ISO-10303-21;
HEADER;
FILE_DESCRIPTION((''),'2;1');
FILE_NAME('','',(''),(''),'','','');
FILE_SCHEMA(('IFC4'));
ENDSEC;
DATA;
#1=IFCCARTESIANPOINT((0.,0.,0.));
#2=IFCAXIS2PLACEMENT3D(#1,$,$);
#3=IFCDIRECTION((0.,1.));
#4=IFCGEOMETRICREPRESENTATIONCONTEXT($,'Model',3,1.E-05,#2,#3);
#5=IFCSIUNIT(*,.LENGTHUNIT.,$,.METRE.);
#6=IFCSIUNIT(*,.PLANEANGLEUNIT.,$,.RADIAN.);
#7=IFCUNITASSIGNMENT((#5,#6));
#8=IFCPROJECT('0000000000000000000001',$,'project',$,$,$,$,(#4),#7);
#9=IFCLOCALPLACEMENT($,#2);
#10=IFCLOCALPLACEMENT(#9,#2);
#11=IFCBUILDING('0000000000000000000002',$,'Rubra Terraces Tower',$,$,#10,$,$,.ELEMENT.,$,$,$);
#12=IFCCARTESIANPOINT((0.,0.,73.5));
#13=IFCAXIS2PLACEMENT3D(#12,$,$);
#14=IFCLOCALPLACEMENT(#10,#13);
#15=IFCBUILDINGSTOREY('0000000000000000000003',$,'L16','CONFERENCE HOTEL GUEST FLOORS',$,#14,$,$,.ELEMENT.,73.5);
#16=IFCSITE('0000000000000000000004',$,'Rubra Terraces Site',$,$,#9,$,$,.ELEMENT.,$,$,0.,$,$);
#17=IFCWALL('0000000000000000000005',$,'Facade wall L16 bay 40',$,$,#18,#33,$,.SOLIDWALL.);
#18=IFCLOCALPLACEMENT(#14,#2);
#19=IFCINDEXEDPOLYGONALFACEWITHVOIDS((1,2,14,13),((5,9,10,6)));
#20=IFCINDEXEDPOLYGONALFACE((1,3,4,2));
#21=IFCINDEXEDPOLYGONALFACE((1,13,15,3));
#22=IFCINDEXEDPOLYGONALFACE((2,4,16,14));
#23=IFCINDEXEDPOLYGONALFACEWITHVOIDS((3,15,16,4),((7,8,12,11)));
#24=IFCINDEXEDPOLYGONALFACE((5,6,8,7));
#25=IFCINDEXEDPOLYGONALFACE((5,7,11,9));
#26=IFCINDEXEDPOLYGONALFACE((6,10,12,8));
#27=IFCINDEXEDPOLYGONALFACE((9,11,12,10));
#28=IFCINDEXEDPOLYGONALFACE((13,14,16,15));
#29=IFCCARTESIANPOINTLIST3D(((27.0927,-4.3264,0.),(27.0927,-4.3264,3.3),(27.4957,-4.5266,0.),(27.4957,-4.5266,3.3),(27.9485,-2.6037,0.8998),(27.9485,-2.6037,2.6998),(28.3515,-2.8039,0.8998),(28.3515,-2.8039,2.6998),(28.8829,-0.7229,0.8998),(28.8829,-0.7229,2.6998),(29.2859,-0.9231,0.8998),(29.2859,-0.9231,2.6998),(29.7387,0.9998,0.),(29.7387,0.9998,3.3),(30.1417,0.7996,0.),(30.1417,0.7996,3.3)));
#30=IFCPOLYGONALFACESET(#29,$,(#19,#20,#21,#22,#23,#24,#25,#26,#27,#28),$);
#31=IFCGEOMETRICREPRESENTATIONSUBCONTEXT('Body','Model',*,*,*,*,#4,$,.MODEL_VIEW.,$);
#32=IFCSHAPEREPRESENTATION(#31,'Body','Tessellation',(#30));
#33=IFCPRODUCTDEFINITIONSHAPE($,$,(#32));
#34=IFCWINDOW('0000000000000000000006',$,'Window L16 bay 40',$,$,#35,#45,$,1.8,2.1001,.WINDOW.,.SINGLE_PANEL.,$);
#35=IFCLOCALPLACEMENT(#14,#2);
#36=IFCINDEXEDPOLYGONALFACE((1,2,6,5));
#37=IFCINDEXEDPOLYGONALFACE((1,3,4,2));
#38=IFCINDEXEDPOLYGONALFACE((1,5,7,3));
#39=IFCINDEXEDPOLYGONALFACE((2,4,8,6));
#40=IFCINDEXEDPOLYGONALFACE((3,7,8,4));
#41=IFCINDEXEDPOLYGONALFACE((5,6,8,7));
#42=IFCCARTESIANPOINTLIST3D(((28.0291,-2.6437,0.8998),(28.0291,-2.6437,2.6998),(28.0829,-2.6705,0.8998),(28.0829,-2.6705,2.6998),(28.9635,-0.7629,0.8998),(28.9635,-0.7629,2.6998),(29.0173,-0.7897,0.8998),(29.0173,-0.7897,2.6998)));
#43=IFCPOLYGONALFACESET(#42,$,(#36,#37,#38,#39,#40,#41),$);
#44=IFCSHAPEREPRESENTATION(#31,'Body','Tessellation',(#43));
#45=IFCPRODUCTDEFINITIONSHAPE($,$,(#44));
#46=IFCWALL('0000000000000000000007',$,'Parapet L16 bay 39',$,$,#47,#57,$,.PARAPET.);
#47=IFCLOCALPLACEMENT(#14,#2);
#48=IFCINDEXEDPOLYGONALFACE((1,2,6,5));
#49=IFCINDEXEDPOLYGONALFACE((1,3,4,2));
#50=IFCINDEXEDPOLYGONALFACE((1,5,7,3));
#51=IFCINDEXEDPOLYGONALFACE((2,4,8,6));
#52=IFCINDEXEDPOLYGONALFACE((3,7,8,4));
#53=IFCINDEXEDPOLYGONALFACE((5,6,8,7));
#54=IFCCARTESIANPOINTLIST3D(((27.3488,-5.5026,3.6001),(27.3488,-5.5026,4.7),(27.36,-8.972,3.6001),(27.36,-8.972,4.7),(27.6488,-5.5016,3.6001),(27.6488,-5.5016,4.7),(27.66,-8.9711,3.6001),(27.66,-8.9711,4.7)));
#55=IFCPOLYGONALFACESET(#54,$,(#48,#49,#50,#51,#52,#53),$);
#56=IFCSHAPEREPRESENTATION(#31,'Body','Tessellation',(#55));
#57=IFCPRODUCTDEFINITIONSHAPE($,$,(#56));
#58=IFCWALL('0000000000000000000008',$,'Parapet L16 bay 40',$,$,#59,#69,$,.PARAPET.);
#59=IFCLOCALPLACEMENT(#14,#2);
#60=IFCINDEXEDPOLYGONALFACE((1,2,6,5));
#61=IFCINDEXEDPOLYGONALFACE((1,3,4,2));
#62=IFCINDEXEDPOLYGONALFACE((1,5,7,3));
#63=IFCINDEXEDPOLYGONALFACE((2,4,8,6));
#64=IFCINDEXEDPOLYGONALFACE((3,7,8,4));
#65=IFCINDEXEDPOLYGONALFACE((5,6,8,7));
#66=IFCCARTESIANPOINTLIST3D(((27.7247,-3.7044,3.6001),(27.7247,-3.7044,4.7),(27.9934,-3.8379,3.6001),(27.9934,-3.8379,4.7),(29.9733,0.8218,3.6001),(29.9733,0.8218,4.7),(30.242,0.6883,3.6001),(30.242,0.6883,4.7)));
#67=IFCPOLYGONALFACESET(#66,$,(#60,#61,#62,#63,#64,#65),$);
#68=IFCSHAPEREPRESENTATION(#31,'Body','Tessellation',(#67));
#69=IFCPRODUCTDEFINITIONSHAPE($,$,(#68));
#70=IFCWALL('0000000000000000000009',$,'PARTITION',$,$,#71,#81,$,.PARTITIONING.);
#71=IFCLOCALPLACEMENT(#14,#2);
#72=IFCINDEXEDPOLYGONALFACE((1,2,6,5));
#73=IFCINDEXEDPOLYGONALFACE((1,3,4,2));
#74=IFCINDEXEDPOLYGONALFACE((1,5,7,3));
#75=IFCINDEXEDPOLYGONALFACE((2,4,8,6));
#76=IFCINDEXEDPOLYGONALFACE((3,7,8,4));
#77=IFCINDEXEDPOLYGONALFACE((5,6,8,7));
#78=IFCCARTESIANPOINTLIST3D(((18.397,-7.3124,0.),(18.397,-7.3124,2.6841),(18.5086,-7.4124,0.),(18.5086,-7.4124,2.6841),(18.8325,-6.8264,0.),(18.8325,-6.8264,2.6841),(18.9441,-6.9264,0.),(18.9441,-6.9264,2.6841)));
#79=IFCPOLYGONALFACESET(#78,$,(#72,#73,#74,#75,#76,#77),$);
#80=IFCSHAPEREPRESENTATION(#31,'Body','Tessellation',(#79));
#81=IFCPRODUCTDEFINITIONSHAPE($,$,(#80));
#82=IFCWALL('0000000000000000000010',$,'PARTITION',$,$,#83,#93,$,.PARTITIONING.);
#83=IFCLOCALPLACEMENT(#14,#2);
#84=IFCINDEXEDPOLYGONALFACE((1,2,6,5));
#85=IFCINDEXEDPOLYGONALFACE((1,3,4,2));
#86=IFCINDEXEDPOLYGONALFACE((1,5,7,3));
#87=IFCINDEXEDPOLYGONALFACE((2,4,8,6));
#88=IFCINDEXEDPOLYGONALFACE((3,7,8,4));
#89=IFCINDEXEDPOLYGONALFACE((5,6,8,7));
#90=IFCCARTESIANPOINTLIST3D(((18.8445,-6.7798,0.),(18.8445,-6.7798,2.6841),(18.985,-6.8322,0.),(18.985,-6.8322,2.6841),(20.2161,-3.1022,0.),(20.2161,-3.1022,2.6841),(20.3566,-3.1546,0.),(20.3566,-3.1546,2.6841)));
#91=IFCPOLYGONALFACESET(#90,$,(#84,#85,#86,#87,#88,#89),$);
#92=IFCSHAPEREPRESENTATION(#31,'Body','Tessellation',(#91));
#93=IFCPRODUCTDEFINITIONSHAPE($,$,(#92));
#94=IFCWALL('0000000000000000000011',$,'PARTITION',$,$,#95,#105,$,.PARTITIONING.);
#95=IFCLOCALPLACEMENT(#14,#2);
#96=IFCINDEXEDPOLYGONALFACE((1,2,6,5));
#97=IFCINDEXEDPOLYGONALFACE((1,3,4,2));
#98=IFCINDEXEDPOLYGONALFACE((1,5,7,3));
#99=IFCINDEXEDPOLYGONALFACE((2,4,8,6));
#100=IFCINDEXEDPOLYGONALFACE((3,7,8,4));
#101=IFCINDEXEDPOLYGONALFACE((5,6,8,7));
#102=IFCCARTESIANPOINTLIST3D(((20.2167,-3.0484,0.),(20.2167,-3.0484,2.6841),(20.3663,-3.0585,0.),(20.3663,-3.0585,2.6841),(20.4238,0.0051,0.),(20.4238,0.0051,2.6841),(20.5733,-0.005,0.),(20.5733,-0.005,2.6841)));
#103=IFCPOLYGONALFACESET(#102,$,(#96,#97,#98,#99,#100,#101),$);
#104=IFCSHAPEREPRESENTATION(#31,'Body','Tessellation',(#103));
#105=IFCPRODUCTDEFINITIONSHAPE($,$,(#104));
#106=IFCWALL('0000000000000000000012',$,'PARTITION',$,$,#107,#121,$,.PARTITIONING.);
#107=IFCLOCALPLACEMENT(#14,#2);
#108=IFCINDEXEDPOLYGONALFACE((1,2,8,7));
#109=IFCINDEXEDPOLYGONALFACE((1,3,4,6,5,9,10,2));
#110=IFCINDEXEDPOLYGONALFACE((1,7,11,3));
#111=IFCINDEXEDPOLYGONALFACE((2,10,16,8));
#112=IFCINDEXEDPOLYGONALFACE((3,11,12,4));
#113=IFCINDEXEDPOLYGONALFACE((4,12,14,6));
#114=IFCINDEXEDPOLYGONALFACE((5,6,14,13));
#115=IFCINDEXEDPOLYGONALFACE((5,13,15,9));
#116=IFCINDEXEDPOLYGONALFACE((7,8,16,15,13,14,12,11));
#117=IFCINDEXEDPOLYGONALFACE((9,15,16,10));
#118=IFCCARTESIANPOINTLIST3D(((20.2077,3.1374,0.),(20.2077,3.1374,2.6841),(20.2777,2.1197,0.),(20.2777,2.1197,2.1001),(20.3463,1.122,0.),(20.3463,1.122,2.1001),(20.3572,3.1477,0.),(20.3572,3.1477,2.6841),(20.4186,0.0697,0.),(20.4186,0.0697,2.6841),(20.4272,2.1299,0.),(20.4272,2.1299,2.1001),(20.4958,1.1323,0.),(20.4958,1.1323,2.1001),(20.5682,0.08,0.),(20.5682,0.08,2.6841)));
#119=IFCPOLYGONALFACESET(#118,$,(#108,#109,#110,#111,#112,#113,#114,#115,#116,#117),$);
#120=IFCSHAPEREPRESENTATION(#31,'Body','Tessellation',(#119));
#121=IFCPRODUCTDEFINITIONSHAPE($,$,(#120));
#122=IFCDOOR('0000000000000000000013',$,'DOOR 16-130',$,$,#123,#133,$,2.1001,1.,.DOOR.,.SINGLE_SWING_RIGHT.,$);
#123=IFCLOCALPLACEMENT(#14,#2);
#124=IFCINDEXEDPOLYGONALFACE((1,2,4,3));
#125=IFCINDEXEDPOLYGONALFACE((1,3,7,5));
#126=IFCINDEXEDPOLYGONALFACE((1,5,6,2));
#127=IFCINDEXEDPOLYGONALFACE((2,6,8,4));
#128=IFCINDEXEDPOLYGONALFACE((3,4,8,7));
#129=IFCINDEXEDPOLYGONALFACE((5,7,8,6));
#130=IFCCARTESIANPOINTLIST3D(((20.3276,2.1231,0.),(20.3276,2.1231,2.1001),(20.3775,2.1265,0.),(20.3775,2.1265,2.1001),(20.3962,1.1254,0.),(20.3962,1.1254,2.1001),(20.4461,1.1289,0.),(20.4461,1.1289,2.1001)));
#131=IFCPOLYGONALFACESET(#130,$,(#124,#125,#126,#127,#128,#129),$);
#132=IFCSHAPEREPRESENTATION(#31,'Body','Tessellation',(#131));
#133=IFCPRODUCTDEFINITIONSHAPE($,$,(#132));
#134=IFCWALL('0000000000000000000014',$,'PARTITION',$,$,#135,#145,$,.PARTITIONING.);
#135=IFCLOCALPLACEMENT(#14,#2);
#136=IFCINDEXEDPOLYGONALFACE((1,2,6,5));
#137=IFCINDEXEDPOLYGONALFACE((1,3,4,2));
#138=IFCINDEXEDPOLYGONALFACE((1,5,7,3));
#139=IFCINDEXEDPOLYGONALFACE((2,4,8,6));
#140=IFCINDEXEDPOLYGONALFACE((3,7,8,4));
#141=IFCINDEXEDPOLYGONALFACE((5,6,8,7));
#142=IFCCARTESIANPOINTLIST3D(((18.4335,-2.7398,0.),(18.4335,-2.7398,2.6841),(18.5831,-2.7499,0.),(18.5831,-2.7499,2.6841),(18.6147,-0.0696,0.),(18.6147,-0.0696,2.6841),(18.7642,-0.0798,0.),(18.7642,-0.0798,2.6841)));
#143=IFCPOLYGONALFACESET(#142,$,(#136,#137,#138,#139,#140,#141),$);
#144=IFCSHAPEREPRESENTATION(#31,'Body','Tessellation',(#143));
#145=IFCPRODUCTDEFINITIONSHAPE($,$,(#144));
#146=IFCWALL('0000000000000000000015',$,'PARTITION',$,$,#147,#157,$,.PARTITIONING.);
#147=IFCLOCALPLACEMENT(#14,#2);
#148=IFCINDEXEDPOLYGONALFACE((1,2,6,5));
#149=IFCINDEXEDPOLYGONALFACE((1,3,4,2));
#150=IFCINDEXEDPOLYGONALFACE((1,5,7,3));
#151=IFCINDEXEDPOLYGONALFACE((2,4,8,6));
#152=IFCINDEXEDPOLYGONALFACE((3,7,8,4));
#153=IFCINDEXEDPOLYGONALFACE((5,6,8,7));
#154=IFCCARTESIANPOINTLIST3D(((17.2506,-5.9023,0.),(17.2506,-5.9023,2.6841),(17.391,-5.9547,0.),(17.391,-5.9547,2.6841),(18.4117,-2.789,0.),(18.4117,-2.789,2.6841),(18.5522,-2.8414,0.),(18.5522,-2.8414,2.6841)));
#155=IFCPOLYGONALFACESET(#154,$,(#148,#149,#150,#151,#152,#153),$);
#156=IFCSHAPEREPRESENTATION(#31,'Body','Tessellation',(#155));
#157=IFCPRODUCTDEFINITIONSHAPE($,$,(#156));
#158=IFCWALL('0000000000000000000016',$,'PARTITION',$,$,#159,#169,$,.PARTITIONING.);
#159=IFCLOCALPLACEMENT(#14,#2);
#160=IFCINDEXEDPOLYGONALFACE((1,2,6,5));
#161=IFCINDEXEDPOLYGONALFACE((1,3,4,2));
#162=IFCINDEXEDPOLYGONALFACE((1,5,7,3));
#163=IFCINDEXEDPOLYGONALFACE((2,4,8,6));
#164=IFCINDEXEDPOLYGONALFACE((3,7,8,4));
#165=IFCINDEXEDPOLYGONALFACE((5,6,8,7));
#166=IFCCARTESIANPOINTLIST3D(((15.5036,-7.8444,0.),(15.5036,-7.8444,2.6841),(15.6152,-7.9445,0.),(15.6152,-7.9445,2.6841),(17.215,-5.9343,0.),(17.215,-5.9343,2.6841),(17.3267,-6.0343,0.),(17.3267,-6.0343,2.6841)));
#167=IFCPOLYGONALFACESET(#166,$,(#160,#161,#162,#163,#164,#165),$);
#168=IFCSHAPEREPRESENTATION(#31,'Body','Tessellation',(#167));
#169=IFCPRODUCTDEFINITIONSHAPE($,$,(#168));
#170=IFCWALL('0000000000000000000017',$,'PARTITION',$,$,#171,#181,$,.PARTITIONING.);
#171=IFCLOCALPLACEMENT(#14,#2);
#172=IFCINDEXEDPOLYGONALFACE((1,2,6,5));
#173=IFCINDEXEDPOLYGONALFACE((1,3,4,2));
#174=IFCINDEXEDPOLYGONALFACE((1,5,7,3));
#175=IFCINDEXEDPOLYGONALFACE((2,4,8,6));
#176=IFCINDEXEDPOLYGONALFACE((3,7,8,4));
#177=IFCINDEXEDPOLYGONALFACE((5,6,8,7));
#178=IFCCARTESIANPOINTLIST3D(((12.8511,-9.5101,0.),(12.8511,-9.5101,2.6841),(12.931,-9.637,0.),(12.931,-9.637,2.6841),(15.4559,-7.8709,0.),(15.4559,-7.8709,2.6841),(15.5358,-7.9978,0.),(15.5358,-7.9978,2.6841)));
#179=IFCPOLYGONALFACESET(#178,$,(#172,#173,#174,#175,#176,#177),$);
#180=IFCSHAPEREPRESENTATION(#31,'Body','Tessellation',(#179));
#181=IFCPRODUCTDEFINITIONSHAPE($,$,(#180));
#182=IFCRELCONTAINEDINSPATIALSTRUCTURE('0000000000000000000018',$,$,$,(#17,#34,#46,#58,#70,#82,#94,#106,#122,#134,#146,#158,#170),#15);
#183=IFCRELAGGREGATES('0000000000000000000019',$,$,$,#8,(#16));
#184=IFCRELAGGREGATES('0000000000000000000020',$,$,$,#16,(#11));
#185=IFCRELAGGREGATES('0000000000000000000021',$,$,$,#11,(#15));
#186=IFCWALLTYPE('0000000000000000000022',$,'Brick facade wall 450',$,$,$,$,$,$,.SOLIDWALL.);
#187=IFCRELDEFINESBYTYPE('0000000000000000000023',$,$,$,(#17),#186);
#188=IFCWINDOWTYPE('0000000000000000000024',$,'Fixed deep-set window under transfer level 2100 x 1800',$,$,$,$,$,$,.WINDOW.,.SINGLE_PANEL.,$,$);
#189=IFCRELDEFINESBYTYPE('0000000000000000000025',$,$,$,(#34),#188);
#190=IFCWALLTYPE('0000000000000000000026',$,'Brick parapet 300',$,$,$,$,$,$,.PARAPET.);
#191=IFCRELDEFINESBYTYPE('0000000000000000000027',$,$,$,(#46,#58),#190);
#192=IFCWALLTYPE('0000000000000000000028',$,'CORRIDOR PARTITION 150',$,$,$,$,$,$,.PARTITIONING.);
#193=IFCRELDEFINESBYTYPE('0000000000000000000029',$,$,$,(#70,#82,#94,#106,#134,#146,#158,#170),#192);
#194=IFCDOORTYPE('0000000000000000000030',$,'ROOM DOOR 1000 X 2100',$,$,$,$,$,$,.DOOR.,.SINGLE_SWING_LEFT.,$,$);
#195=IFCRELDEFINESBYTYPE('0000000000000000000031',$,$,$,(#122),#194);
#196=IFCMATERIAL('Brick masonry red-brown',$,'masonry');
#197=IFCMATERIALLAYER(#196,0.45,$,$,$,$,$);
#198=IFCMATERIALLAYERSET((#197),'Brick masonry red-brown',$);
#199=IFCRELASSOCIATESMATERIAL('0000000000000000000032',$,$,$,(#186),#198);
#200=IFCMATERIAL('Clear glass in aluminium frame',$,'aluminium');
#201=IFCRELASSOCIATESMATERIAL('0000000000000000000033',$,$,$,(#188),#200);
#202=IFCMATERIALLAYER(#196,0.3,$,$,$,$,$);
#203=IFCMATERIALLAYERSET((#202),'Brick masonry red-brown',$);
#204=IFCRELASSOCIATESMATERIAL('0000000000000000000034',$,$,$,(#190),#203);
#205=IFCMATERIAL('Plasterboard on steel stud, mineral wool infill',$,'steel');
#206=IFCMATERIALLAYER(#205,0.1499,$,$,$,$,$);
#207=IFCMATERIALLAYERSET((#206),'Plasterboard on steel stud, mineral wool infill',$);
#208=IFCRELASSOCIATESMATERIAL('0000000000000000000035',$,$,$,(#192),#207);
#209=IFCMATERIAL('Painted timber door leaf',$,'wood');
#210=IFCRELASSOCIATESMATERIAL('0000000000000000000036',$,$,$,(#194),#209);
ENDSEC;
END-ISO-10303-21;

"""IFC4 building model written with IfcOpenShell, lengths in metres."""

from ifc_helpers import new_model, si_unit, direction, frame, frame_2d, origin, place, context, subcontext, project, spatial, rectangle, extrude, material, layer, layer_set, type_object, element, fill, save


model = new_model("IFC4")

# Units and contexts
model_context = context("Model", 3, precision=1e-05, world=origin(), true_north=direction((0.0, 1.0)))
body_context = subcontext(model_context, "Body", "Model", "MODEL_VIEW")
ifc_project = project(units=[si_unit("LENGTHUNIT", "METRE"), si_unit("PLANEANGLEUNIT", "RADIAN")], contexts=[model_context])

# Site, building, storey
site_placement = place(None, origin())
site = spatial("IfcSite", under=ifc_project, at=site_placement, Name="Rubra Terraces Site", CompositionType="ELEMENT", RefElevation=0.0)
building_placement = place(site_placement, origin())
building = spatial("IfcBuilding", under=site, at=building_placement, Name="Rubra Terraces Tower", CompositionType="ELEMENT")
storey_placement = place(building_placement, frame((0.0, 0.0, 73.5)))
storey = spatial("IfcBuildingStorey", under=building, at=storey_placement, Name="L16", Description="CONFERENCE HOTEL GUEST FLOORS", CompositionType="ELEMENT", Elevation=73.5)

# Wall, opening, window
ifc_material_1 = material(Name="Brick masonry red-brown", Category="masonry")
ifc_layer_1 = layer(ifc_material_1, 0.45)
ifc_layer_set_1 = layer_set([ifc_layer_1], Name="Brick masonry red-brown")
wall_type_1 = type_object("IfcWallType", Name="Brick facade wall 450", PredefinedType="SOLIDWALL", material=ifc_layer_set_1)
ifc_material_2 = material(Name="Clear glass in aluminium frame", Category="aluminium")
window_type = type_object("IfcWindowType", Name="Fixed deep-set window under transfer level 2100 x 1800", PartitioningType="SINGLE_PANEL", PredefinedType="WINDOW", material=ifc_material_2)
wall_1_placement = place(storey_placement, frame((27.2942, -4.4265, 0.0), z_axis=(0.0, 0.0, 1.0), x_axis=(0.444913, 0.895574, 0.0)))
wall_1 = element("IfcWall", 1, at=wall_1_placement, inside=storey, type_object=wall_type_1, Name="Facade wall L16 bay 40", PredefinedType="SOLIDWALL", context=body_context, shape_type="SweptSolid", body=[
    extrude(rectangle(XDim=5.9473, YDim=0.45, at=frame_2d((2.9736, 0.0))), origin(), (0.0, 0.0, 1.0), 3.3),
])
opening_1_placement = place(wall_1_placement, frame((1.9236, 0.0, 0.8999)))
opening_1 = element("IfcOpeningElement", 2, at=opening_1_placement, cuts=wall_1, PredefinedType="OPENING", context=body_context, shape_type="SweptSolid", body=[
    extrude(rectangle(XDim=2.1001, YDim=1.8, at=frame_2d((1.05, 0.8999))), frame((0.0, 0.2349, 0.0), z_axis=(0.0, -1.0, 0.0), x_axis=(1.0, 0.0, 0.0)), (0.0, 0.0, 1.0), 0.47),
])
window_1_placement = place(opening_1_placement, origin())
window_1 = element("IfcWindow", 3, at=window_1_placement, inside=storey, type_object=window_type, Name="Window L16 bay 40", OverallHeight=1.8, OverallWidth=2.1001, PartitioningType="SINGLE_PANEL", PredefinedType="WINDOW", context=body_context, shape_type="SweptSolid", body=[
    extrude(rectangle(XDim=2.1001, YDim=1.8, at=frame_2d((1.05, 0.8999))), frame((0.0, 0.135, 0.0), z_axis=(0.0, -1.0, 0.0), x_axis=(1.0, 0.0, 0.0)), (0.0, 0.0, 1.0), 0.0601),
])
fill(opening_1, window_1)

# Walls
ifc_layer_2 = layer(ifc_material_1, 0.3)
ifc_layer_set_2 = layer_set([ifc_layer_2], Name="Brick masonry red-brown")
wall_type_2 = type_object("IfcWallType", Name="Brick parapet 300", PredefinedType="PARAPET", material=ifc_layer_set_2)
wall_2_placement = place(storey_placement, frame((27.51, -8.9717, 3.6001), z_axis=(0.0, 0.0, 1.0), x_axis=(-0.003237, 0.999995, 0.0)))
element("IfcWall", 4, at=wall_2_placement, inside=storey, type_object=wall_type_2, Name="Parapet L16 bay 39", PredefinedType="PARAPET", context=body_context, shape_type="SweptSolid", body=[
    extrude(rectangle(XDim=3.4695, YDim=0.3, at=frame_2d((1.7349, 0.0))), origin(), (0.0, 0.0, 1.0), 1.0999),
])
wall_3_placement = place(storey_placement, frame((27.8591, -3.771, 3.6001), z_axis=(0.0, 0.0, 1.0), x_axis=(0.444913, 0.895574, 0.0)))
element("IfcWall", 5, at=wall_3_placement, inside=storey, type_object=wall_type_2, Name="Parapet L16 bay 40", PredefinedType="PARAPET", context=body_context, shape_type="SweptSolid", body=[
    extrude(rectangle(XDim=5.054, YDim=0.3, at=frame_2d((2.5269, 0.0))), origin(), (0.0, 0.0, 1.0), 1.0999),
])
ifc_material_3 = material(Name="Plasterboard on steel stud, mineral wool infill", Category="steel")
ifc_layer_3 = layer(ifc_material_3, 0.1499)
ifc_layer_set_3 = layer_set([ifc_layer_3], Name="Plasterboard on steel stud, mineral wool infill")
wall_type_3 = type_object("IfcWallType", Name="CORRIDOR PARTITION 150", PredefinedType="PARTITIONING", material=ifc_layer_set_3)
wall_4_placement = place(storey_placement, frame((18.4529, -7.3623, 0.0), z_axis=(0.0, 0.0, 1.0), x_axis=(0.66733, 0.744762, 0.0)))
element("IfcWall", 6, at=wall_4_placement, inside=storey, type_object=wall_type_3, Name="PARTITION", PredefinedType="PARTITIONING", context=body_context, shape_type="SweptSolid", body=[
    extrude(rectangle(XDim=0.6526, YDim=0.1499, at=frame_2d((0.3262, 0.0))), origin(), (0.0, 0.0, 1.0), 2.6841),
])
wall_5_placement = place(storey_placement, frame((18.9148, -6.8059, 0.0), z_axis=(0.0, 0.0, 1.0), x_axis=(0.349453, 0.936954, 0.0)))
element("IfcWall", 7, at=wall_5_placement, inside=storey, type_object=wall_type_3, Name="PARTITION", PredefinedType="PARTITIONING", context=body_context, shape_type="SweptSolid", body=[
    extrude(rectangle(XDim=3.925, YDim=0.1499, at=frame_2d((1.9624, 0.0))), origin(), (0.0, 0.0, 1.0), 2.6841),
])
wall_6_placement = place(storey_placement, frame((20.2915, -3.0535, 0.0), z_axis=(0.0, 0.0, 1.0), x_axis=(0.067647, 0.997709, 0.0)))
element("IfcWall", 8, at=wall_6_placement, inside=storey, type_object=wall_type_3, Name="PARTITION", PredefinedType="PARTITIONING", context=body_context, shape_type="SweptSolid", body=[
    extrude(rectangle(XDim=3.0605, YDim=0.1499, at=frame_2d((1.5303, 0.0))), origin(), (0.0, 0.0, 1.0), 2.6841),
])

# Wall, opening, door
wall_7_placement = place(storey_placement, frame((20.4934, 0.0747, 0.0), z_axis=(0.0, 0.0, 1.0), x_axis=(-0.0686, 0.997644, 0.0)))
wall_7 = element("IfcWall", 9, at=wall_7_placement, inside=storey, type_object=wall_type_3, Name="PARTITION", PredefinedType="PARTITIONING", context=body_context, shape_type="SweptSolid", body=[
    extrude(rectangle(XDim=3.075, YDim=0.1499, at=frame_2d((1.5376, 0.0))), origin(), (0.0, 0.0, 1.0), 2.6841),
])
opening_2_placement = place(wall_7_placement, frame((1.0549, 0.0, 0.0)))
opening_2 = element("IfcOpeningElement", 10, at=opening_2_placement, cuts=wall_7, PredefinedType="OPENING", context=body_context, shape_type="SweptSolid", body=[
    extrude(rectangle(XDim=1.0, YDim=2.1001, at=frame_2d((0.5, 1.05))), frame((0.0, 0.085, 0.0), z_axis=(0.0, -1.0, 0.0), x_axis=(1.0, 0.0, 0.0)), (0.0, 0.0, 1.0), 0.1699),
])
ifc_material_4 = material(Name="Painted timber door leaf", Category="wood")
door_type_1 = type_object("IfcDoorType", Name="ROOM DOOR 1000 X 2100", OperationType="SINGLE_SWING_LEFT", PredefinedType="DOOR", material=ifc_material_4)
door_1_placement = place(opening_2_placement, origin())
door_1 = element("IfcDoor", 11, at=door_1_placement, inside=storey, type_object=door_type_1, Name="DOOR 16-130", OperationType="SINGLE_SWING_RIGHT", OverallHeight=2.1001, OverallWidth=1.0, PredefinedType="DOOR", context=body_context, shape_type="SweptSolid", body=[
    extrude(rectangle(XDim=1.0, YDim=2.1001, at=frame_2d((0.5, 1.05))), frame((0.0, 0.0249, 0.0), z_axis=(0.0, -1.0, 0.0), x_axis=(1.0, 0.0, 0.0)), (0.0, 0.0, 1.0), 0.05),
])
fill(opening_2, door_1)

# Walls
wall_8_placement = place(storey_placement, frame((18.6895, -0.0747, 0.0), z_axis=(0.0, 0.0, 1.0), x_axis=(-0.067688, -0.997707, 0.0)))
element("IfcWall", 12, at=wall_8_placement, inside=storey, type_object=wall_type_3, Name="PARTITION", PredefinedType="PARTITIONING", context=body_context, shape_type="SweptSolid", body=[
    extrude(rectangle(XDim=2.6763, YDim=0.1499, at=frame_2d((1.3381, 0.0))), origin(), (0.0, 0.0, 1.0), 2.6841),
])
wall_9_placement = place(storey_placement, frame((18.4819, -2.8152, 0.0), z_axis=(0.0, 0.0, 1.0), x_axis=(-0.349448, -0.936956, 0.0)))
element("IfcWall", 13, at=wall_9_placement, inside=storey, type_object=wall_type_3, Name="PARTITION", PredefinedType="PARTITIONING", context=body_context, shape_type="SweptSolid", body=[
    extrude(rectangle(XDim=3.3228, YDim=0.1499, at=frame_2d((1.6614, 0.0))), origin(), (0.0, 0.0, 1.0), 2.6841),
])
wall_10_placement = place(storey_placement, frame((17.2708, -5.9844, 0.0), z_axis=(0.0, 0.0, 1.0), x_axis=(-0.667301, -0.744788, 0.0)))
element("IfcWall", 14, at=wall_10_placement, inside=storey, type_object=wall_type_3, Name="PARTITION", PredefinedType="PARTITIONING", context=body_context, shape_type="SweptSolid", body=[
    extrude(rectangle(XDim=2.5647, YDim=0.1499, at=frame_2d((1.2822, 0.0))), origin(), (0.0, 0.0, 1.0), 2.6841),
])
wall_11_placement = place(storey_placement, frame((15.4958, -7.9343, 0.0), z_axis=(0.0, 0.0, 1.0), x_axis=(-0.846359, -0.532613, 0.0)))
element("IfcWall", 15, at=wall_11_placement, inside=storey, type_object=wall_type_3, Name="PARTITION", PredefinedType="PARTITIONING", context=body_context, shape_type="SweptSolid", body=[
    extrude(rectangle(XDim=3.0776, YDim=0.1499, at=frame_2d((1.5388, 0.0))), origin(), (0.0, 0.0, 1.0), 2.6841),
])

save(model, "model.ifc")
